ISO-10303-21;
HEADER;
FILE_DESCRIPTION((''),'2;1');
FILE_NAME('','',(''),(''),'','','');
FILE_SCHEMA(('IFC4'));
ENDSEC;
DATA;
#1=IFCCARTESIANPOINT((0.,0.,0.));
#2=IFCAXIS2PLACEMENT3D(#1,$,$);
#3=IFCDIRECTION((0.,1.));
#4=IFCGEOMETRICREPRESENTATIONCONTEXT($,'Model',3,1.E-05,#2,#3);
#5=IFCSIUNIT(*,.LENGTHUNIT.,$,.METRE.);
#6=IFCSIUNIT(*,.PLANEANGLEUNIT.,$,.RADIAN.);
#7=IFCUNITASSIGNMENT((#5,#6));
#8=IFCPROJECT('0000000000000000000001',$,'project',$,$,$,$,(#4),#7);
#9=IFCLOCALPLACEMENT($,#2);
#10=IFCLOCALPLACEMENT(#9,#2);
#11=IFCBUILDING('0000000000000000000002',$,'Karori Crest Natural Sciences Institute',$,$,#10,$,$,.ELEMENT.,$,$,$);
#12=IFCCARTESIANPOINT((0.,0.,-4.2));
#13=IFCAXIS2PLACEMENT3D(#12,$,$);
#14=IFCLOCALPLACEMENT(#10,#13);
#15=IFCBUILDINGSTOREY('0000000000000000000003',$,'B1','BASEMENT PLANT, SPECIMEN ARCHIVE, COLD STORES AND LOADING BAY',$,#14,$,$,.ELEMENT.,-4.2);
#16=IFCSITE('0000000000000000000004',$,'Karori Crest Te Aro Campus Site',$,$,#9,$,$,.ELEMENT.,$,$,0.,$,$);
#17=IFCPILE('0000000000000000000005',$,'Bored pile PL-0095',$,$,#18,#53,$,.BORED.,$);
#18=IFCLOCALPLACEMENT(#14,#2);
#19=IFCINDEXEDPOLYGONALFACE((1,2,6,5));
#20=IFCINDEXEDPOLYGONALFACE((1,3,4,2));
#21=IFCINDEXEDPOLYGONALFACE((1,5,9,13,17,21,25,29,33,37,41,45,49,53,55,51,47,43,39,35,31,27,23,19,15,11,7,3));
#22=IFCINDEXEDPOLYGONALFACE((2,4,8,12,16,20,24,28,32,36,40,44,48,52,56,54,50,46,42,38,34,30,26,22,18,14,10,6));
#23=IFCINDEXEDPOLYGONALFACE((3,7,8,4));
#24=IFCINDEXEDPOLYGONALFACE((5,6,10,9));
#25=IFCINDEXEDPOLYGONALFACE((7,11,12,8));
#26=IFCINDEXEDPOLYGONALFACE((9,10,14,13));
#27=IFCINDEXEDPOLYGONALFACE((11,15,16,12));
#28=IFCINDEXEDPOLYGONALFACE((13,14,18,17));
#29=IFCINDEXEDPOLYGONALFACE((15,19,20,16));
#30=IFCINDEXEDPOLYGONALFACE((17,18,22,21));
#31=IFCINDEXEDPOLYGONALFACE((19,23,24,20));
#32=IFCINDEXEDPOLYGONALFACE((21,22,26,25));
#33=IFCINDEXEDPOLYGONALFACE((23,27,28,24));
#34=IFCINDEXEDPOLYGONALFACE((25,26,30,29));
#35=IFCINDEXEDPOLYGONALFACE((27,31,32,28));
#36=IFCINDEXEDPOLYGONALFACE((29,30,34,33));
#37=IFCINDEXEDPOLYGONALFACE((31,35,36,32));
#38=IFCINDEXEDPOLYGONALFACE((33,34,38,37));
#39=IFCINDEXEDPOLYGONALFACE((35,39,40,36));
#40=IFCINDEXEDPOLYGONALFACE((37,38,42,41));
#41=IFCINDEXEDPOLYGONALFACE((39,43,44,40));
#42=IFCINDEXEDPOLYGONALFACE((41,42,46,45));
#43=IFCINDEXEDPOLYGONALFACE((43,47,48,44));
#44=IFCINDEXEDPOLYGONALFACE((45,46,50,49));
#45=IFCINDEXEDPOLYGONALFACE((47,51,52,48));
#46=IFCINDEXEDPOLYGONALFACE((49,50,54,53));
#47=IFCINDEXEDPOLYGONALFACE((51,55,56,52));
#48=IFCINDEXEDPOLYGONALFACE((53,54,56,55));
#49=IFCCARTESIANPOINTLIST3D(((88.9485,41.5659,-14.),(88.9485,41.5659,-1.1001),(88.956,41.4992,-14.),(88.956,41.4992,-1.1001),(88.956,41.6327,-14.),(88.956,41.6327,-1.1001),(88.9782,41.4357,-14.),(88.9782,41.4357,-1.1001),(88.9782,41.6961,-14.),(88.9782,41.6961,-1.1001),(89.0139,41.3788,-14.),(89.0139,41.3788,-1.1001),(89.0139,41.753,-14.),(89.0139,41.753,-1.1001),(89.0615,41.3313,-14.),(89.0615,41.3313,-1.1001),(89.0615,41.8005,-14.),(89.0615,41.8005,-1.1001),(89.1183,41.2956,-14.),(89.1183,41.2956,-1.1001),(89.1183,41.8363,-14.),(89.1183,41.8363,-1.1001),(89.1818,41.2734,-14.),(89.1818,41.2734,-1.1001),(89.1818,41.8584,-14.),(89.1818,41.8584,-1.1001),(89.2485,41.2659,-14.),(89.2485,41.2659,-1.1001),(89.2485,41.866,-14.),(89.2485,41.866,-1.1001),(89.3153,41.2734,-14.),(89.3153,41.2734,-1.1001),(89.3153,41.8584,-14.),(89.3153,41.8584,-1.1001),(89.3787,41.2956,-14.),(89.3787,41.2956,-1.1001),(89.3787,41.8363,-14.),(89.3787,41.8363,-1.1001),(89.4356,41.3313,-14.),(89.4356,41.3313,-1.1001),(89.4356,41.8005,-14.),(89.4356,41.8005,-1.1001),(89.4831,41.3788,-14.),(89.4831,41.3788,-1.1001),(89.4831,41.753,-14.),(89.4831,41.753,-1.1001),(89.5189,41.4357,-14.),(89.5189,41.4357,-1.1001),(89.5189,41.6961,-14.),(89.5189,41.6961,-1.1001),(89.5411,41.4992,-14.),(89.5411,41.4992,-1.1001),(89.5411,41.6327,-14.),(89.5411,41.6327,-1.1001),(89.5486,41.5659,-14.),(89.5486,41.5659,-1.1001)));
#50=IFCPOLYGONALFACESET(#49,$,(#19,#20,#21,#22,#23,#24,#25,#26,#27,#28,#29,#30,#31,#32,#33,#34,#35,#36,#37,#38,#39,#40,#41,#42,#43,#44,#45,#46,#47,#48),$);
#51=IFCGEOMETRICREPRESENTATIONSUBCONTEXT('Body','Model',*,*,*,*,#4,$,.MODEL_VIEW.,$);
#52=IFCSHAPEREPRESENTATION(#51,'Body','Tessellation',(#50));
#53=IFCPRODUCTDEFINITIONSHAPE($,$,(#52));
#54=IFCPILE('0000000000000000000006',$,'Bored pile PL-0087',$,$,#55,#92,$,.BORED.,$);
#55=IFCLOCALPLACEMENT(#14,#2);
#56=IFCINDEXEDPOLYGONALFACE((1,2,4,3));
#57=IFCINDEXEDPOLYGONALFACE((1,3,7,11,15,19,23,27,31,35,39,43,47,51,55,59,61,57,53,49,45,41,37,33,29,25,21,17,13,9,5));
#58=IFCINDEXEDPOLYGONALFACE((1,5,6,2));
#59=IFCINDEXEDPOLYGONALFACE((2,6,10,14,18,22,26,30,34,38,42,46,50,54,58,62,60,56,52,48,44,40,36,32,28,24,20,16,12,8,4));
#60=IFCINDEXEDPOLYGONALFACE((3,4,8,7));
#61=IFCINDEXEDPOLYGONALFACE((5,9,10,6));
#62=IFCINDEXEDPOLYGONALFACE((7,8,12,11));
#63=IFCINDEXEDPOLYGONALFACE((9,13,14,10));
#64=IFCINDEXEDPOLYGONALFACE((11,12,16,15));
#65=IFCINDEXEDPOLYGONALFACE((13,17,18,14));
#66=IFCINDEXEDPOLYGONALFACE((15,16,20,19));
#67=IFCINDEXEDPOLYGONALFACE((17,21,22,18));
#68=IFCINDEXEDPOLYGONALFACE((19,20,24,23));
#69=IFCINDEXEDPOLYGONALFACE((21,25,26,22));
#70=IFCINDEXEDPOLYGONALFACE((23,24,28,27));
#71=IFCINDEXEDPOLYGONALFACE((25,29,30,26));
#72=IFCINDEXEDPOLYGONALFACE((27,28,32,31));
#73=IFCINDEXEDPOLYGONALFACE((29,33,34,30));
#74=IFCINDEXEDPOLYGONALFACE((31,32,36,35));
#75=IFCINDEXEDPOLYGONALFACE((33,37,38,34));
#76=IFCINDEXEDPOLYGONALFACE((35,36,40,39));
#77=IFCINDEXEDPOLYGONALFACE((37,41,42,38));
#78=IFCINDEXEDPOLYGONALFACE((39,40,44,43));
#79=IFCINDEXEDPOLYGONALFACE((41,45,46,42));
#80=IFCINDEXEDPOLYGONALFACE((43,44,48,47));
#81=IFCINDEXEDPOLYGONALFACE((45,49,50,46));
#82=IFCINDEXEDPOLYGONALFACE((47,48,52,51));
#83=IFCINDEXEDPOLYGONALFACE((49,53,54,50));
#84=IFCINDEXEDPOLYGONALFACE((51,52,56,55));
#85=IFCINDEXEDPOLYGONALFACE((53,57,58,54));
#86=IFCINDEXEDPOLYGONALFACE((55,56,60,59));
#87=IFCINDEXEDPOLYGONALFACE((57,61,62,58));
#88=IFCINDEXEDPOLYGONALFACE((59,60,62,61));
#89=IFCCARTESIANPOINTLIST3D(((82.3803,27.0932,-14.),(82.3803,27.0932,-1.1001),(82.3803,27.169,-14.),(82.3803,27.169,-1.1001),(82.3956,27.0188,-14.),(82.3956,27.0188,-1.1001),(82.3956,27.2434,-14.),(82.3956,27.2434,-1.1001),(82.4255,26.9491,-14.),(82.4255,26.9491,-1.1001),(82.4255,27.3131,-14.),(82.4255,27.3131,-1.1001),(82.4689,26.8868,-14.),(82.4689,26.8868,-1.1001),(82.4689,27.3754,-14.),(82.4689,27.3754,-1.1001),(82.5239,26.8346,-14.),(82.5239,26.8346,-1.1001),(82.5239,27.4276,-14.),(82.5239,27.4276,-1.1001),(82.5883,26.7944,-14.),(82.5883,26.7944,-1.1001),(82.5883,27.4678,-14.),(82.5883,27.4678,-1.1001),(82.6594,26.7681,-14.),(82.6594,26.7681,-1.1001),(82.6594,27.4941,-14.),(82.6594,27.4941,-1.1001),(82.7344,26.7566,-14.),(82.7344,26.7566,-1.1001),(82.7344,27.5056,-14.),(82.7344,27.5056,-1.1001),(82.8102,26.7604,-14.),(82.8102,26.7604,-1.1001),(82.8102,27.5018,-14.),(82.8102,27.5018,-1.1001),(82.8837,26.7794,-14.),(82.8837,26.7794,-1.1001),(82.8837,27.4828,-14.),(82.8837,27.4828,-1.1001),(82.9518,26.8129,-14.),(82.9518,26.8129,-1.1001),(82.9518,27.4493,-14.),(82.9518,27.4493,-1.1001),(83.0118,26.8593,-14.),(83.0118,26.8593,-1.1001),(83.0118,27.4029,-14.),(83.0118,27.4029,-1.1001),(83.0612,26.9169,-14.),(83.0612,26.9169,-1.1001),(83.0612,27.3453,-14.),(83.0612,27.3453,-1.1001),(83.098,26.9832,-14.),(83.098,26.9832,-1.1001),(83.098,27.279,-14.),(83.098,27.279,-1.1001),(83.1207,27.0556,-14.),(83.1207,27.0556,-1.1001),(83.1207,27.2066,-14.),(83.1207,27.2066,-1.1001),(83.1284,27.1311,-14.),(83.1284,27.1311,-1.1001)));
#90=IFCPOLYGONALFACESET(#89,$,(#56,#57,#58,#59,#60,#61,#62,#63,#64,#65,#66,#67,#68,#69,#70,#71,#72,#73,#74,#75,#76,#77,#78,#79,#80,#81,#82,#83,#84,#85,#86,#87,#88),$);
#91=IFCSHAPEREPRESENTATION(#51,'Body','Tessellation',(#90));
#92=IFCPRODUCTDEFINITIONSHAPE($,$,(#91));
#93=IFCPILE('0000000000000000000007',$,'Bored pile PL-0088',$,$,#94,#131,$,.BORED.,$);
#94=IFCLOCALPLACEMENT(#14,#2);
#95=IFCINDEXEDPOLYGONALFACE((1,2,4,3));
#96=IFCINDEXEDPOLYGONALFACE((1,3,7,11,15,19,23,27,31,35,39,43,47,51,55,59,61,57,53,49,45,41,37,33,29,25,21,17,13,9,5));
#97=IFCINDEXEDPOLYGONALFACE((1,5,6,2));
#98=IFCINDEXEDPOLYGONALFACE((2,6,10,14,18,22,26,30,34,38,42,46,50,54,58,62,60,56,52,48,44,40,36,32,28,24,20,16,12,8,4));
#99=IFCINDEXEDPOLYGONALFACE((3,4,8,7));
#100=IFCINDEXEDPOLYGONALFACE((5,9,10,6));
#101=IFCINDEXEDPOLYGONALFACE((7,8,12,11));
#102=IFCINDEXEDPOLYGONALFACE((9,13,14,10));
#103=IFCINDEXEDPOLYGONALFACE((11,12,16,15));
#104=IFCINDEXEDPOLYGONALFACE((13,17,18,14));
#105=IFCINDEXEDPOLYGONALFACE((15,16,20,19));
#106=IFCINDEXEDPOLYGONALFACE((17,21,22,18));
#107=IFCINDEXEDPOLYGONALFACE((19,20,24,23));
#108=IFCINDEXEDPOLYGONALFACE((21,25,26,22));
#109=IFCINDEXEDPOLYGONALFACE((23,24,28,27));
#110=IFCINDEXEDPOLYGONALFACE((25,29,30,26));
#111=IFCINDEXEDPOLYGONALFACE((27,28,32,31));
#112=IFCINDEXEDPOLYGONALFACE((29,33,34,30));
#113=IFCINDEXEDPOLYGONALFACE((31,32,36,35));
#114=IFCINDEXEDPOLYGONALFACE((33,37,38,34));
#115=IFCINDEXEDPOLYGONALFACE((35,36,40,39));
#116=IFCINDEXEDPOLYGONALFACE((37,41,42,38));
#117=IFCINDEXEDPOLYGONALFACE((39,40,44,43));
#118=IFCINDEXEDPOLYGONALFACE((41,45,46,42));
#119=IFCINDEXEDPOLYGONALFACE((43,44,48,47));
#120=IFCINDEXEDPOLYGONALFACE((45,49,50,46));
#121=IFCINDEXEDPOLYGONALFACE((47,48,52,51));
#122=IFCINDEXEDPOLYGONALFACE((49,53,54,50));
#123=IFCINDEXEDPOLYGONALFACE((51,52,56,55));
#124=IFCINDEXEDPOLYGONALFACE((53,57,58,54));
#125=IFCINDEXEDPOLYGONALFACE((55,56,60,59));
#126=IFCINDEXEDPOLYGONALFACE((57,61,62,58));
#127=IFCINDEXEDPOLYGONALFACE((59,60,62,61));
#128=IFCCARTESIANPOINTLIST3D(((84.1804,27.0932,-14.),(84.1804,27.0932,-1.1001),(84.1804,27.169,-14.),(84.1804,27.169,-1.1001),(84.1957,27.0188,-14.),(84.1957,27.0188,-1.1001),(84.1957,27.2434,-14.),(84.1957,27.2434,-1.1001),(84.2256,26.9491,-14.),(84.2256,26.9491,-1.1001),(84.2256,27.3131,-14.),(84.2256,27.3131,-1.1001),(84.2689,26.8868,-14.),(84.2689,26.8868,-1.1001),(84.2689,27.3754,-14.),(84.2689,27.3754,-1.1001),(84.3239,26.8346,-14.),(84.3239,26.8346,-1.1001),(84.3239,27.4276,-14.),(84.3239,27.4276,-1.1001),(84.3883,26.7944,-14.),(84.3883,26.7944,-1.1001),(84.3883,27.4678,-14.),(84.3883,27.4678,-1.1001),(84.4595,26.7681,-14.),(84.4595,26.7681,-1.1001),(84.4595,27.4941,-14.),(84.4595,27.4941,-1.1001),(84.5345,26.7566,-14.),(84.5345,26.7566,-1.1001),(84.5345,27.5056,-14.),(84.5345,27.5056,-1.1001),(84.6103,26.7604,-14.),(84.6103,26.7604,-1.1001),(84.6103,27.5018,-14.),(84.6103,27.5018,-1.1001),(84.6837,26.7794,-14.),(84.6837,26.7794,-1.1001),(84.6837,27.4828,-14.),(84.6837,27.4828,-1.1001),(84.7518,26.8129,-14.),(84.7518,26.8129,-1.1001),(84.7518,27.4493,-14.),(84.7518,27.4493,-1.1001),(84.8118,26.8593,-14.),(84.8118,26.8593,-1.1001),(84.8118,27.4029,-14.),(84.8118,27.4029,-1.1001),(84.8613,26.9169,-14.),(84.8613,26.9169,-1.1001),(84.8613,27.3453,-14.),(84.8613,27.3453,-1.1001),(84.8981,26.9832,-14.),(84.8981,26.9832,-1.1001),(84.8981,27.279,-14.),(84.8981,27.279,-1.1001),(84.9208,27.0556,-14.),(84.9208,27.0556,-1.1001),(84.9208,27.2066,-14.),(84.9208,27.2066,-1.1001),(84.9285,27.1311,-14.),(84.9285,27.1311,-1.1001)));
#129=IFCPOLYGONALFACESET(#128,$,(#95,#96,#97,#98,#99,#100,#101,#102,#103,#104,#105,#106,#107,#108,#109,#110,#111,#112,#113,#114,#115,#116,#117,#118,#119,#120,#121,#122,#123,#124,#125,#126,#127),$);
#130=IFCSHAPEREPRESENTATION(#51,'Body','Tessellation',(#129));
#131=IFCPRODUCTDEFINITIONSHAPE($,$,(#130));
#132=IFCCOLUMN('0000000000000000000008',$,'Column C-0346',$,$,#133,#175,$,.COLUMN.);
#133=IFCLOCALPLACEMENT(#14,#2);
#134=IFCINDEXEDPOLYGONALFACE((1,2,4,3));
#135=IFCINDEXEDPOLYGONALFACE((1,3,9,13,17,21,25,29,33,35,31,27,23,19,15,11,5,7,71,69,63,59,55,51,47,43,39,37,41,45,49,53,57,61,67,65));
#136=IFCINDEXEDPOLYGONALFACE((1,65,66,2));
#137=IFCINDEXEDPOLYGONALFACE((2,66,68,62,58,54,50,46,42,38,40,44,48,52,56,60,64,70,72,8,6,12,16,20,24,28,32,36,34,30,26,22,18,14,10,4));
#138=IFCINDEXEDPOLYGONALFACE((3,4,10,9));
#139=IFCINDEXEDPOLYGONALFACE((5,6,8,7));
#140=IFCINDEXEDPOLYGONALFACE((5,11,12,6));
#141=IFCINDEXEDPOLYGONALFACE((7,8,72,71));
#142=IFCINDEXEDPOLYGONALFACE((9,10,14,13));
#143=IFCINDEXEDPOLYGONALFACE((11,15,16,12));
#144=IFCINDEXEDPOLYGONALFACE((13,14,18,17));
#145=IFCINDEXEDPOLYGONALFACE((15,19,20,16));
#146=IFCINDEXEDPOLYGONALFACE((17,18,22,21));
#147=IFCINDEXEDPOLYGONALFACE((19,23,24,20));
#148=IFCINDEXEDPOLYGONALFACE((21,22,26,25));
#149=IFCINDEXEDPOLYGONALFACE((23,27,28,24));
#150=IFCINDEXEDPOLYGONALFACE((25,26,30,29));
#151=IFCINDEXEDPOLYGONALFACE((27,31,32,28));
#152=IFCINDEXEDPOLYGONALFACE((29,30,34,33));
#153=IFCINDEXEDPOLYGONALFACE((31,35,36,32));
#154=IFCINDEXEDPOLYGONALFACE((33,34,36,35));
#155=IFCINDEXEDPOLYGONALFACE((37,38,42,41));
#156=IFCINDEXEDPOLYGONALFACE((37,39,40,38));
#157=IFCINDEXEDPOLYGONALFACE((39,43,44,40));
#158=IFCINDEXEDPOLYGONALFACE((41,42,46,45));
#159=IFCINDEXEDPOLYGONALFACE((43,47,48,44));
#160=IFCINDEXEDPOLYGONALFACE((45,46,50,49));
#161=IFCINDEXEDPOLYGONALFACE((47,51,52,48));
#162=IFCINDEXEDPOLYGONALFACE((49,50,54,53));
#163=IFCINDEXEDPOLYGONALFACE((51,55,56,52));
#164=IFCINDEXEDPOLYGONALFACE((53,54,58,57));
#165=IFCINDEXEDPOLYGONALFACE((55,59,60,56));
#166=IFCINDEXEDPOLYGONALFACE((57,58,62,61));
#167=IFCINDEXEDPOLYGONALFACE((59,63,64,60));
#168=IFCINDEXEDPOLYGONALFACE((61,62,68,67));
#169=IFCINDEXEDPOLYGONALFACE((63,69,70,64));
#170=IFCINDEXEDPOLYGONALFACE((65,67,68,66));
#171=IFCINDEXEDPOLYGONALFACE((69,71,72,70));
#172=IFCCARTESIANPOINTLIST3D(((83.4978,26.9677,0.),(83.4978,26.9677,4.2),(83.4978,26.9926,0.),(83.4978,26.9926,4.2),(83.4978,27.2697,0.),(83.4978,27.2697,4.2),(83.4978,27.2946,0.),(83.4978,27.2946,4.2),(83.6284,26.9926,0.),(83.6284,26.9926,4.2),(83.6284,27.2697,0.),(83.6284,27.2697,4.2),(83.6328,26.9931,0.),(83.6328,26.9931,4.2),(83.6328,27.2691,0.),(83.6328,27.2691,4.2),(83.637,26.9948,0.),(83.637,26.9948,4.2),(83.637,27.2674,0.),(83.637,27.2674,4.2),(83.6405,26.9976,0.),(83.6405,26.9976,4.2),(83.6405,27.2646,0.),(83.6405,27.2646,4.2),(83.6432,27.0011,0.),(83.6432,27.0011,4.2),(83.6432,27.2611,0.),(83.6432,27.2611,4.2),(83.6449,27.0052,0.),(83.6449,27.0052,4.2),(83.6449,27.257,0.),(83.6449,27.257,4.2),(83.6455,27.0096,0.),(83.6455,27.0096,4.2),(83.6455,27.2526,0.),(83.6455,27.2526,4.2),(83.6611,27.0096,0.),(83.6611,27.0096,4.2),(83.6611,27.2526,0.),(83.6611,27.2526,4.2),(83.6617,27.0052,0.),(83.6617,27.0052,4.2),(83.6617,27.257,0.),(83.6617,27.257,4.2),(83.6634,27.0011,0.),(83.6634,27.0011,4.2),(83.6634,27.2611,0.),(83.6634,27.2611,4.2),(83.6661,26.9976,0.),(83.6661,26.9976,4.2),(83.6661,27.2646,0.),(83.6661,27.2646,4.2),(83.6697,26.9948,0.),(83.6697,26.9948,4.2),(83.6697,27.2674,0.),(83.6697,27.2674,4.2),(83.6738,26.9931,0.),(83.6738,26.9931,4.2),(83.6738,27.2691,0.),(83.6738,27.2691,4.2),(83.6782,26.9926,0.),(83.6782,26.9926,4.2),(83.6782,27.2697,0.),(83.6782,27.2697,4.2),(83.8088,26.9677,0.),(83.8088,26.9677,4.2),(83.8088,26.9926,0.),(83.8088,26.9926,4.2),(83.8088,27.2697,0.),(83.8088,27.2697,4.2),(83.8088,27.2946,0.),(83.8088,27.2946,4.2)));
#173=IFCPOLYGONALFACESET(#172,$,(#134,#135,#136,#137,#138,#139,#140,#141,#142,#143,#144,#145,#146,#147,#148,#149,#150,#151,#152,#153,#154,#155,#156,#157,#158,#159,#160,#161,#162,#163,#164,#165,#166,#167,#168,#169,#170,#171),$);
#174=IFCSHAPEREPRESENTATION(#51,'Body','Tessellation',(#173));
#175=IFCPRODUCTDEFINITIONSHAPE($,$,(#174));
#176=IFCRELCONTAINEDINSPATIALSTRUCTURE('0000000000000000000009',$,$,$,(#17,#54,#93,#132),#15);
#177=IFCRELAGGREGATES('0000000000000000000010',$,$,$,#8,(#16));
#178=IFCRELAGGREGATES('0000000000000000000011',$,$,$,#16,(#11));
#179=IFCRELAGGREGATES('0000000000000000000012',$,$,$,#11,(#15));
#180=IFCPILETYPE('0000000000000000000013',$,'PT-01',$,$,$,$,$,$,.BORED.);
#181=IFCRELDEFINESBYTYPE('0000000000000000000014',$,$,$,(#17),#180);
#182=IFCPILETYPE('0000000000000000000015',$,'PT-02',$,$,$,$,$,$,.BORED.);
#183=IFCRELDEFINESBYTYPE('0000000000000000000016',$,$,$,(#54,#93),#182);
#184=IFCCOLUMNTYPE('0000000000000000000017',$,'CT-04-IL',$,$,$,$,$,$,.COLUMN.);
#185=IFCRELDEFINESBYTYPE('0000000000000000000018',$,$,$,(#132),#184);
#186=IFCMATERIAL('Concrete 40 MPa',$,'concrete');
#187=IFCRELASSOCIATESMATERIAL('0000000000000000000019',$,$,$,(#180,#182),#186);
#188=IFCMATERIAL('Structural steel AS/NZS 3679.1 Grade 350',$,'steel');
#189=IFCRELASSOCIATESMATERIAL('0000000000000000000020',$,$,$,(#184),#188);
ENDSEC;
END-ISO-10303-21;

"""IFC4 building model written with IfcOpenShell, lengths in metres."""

from ifc_helpers import new_model, si_unit, direction, frame, origin, origin_2d, place, context, subcontext, project, spatial, circle, i_section, extrude, material, material_profile, profile_set, type_object, element, save


model = new_model("IFC4")

# Units and contexts
model_context = context("Model", 3, precision=1e-05, world=origin(), true_north=direction((0.0, 1.0)))
body_context = subcontext(model_context, "Body", "Model", "MODEL_VIEW")
ifc_project = project(units=[si_unit("LENGTHUNIT", "METRE"), si_unit("PLANEANGLEUNIT", "RADIAN")], contexts=[model_context])

# Site, building, storey
site_placement = place(None, origin())
site = spatial("IfcSite", under=ifc_project, at=site_placement, Name="Karori Crest Te Aro Campus Site", CompositionType="ELEMENT", RefElevation=0.0)
building_placement = place(site_placement, origin())
building = spatial("IfcBuilding", under=site, at=building_placement, Name="Karori Crest Natural Sciences Institute", CompositionType="ELEMENT")
storey_placement = place(building_placement, frame((0.0, 0.0, -4.2)))
storey = spatial("IfcBuildingStorey", under=building, at=storey_placement, Name="B1", Description="BASEMENT PLANT, SPECIMEN ARCHIVE, COLD STORES AND LOADING BAY", CompositionType="ELEMENT", Elevation=-4.2)

# Shared definitions
ifc_material_1 = material(Name="Concrete 40 MPa", Category="concrete")

# Piles
ifc_material_profile_1 = material_profile(ifc_material_1, circle(Radius=0.3, at=origin_2d()), Name="PILE600")
ifc_profile_set_1 = profile_set([ifc_material_profile_1], Name="Concrete 40 MPa")
pile_type_1 = type_object("IfcPileType", Name="PT-01", PredefinedType="BORED", material=ifc_profile_set_1)
for number, where, z_axis, x_axis, name in (
    (1, (89.2485, 41.5659, -1.1001), (0.0, 0.0, -1.0), (1.0, 0.0, 0.0), "Bored pile PL-0095"),
):
    element("IfcPile", number, at=place(storey_placement, frame(where, z_axis=z_axis, x_axis=x_axis)), inside=storey, type_object=pile_type_1, Name=name, PredefinedType="BORED", context=body_context, shape_type="SweptSolid", body=[
        extrude(circle(Radius=0.3, at=origin_2d()), origin(), (0.0, 0.0, 1.0), 12.8999),
    ])
ifc_material_profile_2 = material_profile(ifc_material_1, circle(Radius=0.375, at=origin_2d()), Name="PILE750")
ifc_profile_set_2 = profile_set([ifc_material_profile_2], Name="Concrete 40 MPa")
pile_type_2 = type_object("IfcPileType", Name="PT-02", PredefinedType="BORED", material=ifc_profile_set_2)
for number, where, z_axis, x_axis, name in (
    (2, (82.7534, 27.1311, -1.1001), (0.0, 0.0, -1.0), (1.0, 0.0, 0.0), "Bored pile PL-0087"),
    (3, (84.5535, 27.1311, -1.1001), (0.0, 0.0, -1.0), (1.0, 0.0, 0.0), "Bored pile PL-0088"),
):
    element("IfcPile", number, at=place(storey_placement, frame(where, z_axis=z_axis, x_axis=x_axis)), inside=storey, type_object=pile_type_2, Name=name, PredefinedType="BORED", context=body_context, shape_type="SweptSolid", body=[
        extrude(circle(Radius=0.375, at=origin_2d()), origin(), (0.0, 0.0, 1.0), 12.8999),
    ])

# Column
ifc_material_2 = material(Name="Structural steel AS/NZS 3679.1 Grade 350", Category="steel")
ifc_material_profile_3 = material_profile(ifc_material_2, i_section(OverallWidth=0.311, OverallDepth=0.3269, WebThickness=0.0156, FlangeThickness=0.0249, FilletRadius=0.0171, at=origin_2d()), Name="310UC158")
ifc_profile_set_3 = profile_set([ifc_material_profile_3], Name="Structural steel AS/NZS 3679.1 Grade 350")
column_type_1 = type_object("IfcColumnType", Name="CT-04-IL", PredefinedType="COLUMN", material=ifc_profile_set_3)
for number, where, z_axis, x_axis, name in (
    (4, (83.6533, 27.1311, 0.0), (0.0, 0.0, 1.0), (1.0, 0.0, 0.0), "Column C-0346"),
):
    element("IfcColumn", number, at=place(storey_placement, frame(where, z_axis=z_axis, x_axis=x_axis)), inside=storey, type_object=column_type_1, Name=name, PredefinedType="COLUMN", context=body_context, shape_type="SweptSolid", body=[
        extrude(i_section(OverallWidth=0.311, OverallDepth=0.3269, WebThickness=0.0156, FlangeThickness=0.0249, FilletRadius=0.0171, at=origin_2d()), origin(), (0.0, 0.0, 1.0), 4.2),
    ])

save(model, "model.ifc")
